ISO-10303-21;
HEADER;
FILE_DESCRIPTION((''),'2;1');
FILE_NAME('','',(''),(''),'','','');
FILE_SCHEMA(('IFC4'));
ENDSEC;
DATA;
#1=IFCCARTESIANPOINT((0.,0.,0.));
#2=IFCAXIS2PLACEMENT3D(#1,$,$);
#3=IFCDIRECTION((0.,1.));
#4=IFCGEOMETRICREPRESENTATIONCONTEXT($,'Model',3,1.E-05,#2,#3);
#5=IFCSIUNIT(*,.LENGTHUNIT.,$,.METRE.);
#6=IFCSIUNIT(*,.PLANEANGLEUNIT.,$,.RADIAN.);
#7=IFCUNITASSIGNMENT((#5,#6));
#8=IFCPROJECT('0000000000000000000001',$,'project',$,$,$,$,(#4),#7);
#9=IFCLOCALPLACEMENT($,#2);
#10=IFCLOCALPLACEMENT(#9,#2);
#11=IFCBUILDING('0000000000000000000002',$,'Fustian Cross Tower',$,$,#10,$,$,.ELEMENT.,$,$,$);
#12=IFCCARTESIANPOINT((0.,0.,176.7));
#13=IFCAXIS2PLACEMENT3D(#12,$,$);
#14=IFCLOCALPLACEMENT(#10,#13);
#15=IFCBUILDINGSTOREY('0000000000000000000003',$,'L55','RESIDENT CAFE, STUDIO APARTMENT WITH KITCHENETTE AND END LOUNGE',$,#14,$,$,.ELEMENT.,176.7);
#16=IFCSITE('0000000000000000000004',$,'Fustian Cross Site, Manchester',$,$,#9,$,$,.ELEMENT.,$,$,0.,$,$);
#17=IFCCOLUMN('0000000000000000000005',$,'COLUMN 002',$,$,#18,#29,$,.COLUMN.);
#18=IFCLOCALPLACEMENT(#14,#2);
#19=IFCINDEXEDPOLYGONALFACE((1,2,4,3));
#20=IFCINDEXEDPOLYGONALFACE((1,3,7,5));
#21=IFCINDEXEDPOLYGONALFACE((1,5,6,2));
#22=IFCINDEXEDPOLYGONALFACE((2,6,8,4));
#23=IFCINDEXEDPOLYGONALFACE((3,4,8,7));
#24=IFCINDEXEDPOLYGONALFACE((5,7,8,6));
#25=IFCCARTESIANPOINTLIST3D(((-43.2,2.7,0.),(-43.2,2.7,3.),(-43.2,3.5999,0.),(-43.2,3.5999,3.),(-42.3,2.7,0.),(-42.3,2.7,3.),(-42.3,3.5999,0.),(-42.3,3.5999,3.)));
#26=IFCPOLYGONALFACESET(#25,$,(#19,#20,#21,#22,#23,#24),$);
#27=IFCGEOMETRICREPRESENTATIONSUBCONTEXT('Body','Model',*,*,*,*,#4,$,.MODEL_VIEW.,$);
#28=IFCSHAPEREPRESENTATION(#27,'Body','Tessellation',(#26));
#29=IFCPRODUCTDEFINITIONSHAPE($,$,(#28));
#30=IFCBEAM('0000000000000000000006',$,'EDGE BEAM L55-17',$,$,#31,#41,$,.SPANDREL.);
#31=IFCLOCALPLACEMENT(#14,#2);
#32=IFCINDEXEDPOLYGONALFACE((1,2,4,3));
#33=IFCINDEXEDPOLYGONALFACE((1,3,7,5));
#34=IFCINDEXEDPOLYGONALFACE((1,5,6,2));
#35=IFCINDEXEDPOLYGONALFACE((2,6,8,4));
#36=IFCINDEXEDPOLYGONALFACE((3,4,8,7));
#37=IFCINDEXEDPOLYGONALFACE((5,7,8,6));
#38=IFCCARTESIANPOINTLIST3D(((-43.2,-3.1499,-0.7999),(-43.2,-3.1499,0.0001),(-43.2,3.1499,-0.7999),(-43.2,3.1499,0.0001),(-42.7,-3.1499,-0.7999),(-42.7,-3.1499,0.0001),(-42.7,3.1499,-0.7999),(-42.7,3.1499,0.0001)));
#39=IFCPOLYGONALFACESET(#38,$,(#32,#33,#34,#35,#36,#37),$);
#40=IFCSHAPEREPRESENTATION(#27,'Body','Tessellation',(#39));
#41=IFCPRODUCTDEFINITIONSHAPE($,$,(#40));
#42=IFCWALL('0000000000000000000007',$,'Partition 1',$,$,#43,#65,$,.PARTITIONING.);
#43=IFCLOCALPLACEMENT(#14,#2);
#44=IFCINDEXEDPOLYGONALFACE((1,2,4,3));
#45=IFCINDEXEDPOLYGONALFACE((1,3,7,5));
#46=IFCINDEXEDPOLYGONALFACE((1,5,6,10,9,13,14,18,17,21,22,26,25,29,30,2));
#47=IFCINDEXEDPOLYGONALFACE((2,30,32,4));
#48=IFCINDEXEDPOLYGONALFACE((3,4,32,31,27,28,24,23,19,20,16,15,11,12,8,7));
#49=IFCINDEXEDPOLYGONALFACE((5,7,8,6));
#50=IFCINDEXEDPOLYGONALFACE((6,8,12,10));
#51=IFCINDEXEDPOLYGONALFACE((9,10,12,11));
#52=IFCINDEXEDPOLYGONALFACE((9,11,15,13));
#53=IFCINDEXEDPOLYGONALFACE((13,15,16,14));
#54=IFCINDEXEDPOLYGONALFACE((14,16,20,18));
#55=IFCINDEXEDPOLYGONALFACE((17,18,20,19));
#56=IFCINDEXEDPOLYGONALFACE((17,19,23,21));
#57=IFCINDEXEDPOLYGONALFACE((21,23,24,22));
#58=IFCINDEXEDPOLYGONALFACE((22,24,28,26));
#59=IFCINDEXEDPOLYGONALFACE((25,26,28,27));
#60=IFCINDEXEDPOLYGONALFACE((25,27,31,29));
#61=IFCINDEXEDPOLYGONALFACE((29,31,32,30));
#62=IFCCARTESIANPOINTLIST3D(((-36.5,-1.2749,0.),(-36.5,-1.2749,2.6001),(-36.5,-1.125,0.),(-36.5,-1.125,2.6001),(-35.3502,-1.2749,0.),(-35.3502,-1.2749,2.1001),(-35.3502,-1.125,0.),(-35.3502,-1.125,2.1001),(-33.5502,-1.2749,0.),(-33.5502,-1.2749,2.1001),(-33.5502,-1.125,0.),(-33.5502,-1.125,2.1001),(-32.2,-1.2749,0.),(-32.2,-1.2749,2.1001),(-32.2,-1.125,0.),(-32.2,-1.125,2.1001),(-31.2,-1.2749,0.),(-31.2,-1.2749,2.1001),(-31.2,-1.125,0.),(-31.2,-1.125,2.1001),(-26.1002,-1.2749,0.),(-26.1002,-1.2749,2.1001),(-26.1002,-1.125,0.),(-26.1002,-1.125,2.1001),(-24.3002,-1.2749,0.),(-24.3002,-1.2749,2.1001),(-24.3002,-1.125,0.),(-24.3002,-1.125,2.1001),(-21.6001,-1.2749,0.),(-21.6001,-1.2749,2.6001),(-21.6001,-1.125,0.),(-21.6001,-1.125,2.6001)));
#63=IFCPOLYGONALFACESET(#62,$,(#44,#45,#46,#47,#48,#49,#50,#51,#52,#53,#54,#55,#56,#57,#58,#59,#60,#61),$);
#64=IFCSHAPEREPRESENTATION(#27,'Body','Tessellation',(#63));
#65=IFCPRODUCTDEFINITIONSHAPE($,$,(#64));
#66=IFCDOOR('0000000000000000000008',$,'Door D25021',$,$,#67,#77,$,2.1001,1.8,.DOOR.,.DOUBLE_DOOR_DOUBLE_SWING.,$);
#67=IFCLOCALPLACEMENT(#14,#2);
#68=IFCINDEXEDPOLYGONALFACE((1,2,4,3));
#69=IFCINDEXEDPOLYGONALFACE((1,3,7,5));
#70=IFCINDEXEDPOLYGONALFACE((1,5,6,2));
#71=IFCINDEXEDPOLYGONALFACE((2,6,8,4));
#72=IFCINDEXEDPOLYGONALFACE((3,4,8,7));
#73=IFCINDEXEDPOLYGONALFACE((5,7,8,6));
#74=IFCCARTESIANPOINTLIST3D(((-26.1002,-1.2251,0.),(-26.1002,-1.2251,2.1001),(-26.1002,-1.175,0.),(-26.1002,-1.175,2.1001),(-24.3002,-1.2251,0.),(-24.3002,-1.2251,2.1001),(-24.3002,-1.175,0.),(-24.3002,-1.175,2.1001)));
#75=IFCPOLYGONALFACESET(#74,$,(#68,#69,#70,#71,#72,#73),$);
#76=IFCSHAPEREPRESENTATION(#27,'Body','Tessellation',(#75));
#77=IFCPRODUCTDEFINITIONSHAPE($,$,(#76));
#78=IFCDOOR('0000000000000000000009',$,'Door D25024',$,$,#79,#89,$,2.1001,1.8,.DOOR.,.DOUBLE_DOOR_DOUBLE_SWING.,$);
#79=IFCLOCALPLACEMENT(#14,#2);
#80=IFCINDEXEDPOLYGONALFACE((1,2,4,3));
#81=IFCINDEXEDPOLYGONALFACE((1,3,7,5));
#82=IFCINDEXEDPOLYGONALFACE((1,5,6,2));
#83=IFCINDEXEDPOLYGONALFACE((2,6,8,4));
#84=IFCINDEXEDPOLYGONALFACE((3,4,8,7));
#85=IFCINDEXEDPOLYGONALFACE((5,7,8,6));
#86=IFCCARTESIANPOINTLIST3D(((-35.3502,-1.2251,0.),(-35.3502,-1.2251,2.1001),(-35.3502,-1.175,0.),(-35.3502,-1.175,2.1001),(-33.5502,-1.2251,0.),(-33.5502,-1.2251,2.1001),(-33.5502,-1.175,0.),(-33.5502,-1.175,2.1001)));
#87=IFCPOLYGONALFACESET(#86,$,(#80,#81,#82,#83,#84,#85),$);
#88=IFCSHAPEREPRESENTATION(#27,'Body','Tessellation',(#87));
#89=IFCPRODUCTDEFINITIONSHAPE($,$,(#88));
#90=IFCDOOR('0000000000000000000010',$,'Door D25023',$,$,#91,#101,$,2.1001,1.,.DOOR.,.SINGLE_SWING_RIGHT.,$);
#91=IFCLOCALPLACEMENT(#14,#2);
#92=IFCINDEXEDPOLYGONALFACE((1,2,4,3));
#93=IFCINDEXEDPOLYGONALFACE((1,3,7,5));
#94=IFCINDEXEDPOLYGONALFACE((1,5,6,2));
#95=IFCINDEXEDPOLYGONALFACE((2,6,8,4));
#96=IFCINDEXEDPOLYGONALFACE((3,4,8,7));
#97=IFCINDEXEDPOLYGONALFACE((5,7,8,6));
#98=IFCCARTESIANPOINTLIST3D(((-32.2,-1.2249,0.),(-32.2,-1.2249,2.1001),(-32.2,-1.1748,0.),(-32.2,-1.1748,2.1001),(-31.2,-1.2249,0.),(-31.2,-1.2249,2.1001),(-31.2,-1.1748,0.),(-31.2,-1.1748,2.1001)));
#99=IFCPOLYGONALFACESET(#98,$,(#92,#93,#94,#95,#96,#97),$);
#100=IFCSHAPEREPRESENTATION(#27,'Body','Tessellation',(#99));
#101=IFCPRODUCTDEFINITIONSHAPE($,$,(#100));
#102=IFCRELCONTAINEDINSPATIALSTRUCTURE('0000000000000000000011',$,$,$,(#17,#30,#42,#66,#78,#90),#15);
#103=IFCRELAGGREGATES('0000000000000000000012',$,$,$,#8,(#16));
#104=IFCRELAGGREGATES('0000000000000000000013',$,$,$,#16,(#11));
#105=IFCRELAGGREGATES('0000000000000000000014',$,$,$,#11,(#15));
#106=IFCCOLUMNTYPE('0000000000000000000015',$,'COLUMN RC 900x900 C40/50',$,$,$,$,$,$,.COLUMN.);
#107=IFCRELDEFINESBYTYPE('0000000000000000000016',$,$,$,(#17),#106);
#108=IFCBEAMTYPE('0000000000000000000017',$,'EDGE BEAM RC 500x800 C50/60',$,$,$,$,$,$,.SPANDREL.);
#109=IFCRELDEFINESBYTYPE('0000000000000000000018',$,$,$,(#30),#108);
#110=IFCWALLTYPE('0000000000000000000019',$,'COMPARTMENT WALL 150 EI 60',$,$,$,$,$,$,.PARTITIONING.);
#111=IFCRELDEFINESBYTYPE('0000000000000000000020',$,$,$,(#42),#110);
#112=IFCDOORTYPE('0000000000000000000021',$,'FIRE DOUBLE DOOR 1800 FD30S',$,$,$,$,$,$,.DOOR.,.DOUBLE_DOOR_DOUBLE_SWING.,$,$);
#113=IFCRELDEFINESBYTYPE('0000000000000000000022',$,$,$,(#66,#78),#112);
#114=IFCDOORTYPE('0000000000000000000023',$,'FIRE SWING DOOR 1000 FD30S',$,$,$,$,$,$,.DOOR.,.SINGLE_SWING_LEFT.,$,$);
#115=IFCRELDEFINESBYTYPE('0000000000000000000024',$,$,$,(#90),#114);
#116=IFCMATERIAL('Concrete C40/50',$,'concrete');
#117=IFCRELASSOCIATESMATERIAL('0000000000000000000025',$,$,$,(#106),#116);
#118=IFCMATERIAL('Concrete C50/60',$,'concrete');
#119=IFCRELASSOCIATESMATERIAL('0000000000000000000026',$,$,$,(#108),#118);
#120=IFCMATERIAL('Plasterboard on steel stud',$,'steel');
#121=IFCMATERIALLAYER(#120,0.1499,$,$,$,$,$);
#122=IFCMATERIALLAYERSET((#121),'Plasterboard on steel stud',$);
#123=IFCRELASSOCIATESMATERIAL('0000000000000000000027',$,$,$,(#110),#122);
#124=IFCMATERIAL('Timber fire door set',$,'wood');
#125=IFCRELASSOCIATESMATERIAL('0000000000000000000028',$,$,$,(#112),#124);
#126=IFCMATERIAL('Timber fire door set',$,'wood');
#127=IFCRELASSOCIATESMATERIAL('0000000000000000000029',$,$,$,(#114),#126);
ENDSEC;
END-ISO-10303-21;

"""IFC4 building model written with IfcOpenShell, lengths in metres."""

from ifc_helpers import new_model, si_unit, direction, frame, frame_2d, origin, origin_2d, place, context, subcontext, project, spatial, rectangle, extrude, material, layer, layer_set, material_profile, profile_set, type_object, element, fill, save


model = new_model("IFC4")

# Units and contexts
model_context = context("Model", 3, precision=1e-05, world=origin(), true_north=direction((0.0, 1.0)))
body_context = subcontext(model_context, "Body", "Model", "MODEL_VIEW")
ifc_project = project(units=[si_unit("LENGTHUNIT", "METRE"), si_unit("PLANEANGLEUNIT", "RADIAN")], contexts=[model_context])

# Site, building, storey
site_placement = place(None, origin())
site = spatial("IfcSite", under=ifc_project, at=site_placement, Name="Fustian Cross Site, Manchester", CompositionType="ELEMENT", RefElevation=0.0)
building_placement = place(site_placement, origin())
building = spatial("IfcBuilding", under=site, at=building_placement, Name="Fustian Cross Tower", CompositionType="ELEMENT")
storey_placement = place(building_placement, frame((0.0, 0.0, 176.7)))
storey = spatial("IfcBuildingStorey", under=building, at=storey_placement, Name="L55", Description="RESIDENT CAFE, STUDIO APARTMENT WITH KITCHENETTE AND END LOUNGE", CompositionType="ELEMENT", Elevation=176.7)

# Column
ifc_material_1 = material(Name="Concrete C40/50", Category="concrete")
ifc_material_profile_1 = material_profile(ifc_material_1, rectangle(XDim=0.8999, YDim=0.8999, at=origin_2d()), Name="RC 900x900")
ifc_profile_set_1 = profile_set([ifc_material_profile_1], Name="Concrete C40/50")
column_type = type_object("IfcColumnType", Name="COLUMN RC 900x900 C40/50", PredefinedType="COLUMN", material=ifc_profile_set_1)
column_placement = place(storey_placement, frame((-42.75, 3.1499, 0.0), z_axis=(0.0, 0.0, 1.0), x_axis=(1.0, 0.0, 0.0)))
element("IfcColumn", 1, at=column_placement, inside=storey, type_object=column_type, Name="COLUMN 002", PredefinedType="COLUMN", context=body_context, shape_type="SweptSolid", body=[
    extrude(rectangle(XDim=0.8999, YDim=0.8999, at=origin_2d()), origin(), (0.0, 0.0, 1.0), 3.0),
])

# Beam
ifc_material_2 = material(Name="Concrete C50/60", Category="concrete")
ifc_material_profile_2 = material_profile(ifc_material_2, rectangle(XDim=0.5, YDim=0.8, at=origin_2d()), Name="RC 500x800")
ifc_profile_set_2 = profile_set([ifc_material_profile_2], Name="Concrete C50/60")
beam_type = type_object("IfcBeamType", Name="EDGE BEAM RC 500x800 C50/60", PredefinedType="SPANDREL", material=ifc_profile_set_2)
beam_placement = place(storey_placement, frame((-42.95, 3.1499, -0.3999), z_axis=(0.0, -1.0, 0.0), x_axis=(1.0, 0.0, 0.0)))
element("IfcBeam", 2, at=beam_placement, inside=storey, type_object=beam_type, Name="EDGE BEAM L55-17", PredefinedType="SPANDREL", context=body_context, shape_type="SweptSolid", body=[
    extrude(rectangle(XDim=0.5, YDim=0.8, at=origin_2d()), origin(), (0.0, 0.0, 1.0), 6.2998),
])

# Wall, openings, doors
ifc_material_3 = material(Name="Plasterboard on steel stud", Category="steel")
ifc_layer_1 = layer(ifc_material_3, 0.1499)
ifc_layer_set_1 = layer_set([ifc_layer_1], Name="Plasterboard on steel stud")
wall_type_1 = type_object("IfcWallType", Name="COMPARTMENT WALL 150 EI 60", PredefinedType="PARTITIONING", material=ifc_layer_set_1)
wall_1_placement = place(storey_placement, frame((-36.5, -1.2, 0.0), z_axis=(0.0, 0.0, 1.0), x_axis=(1.0, 0.0, 0.0)))
wall_1 = element("IfcWall", 3, at=wall_1_placement, inside=storey, type_object=wall_type_1, Name="Partition 1", PredefinedType="PARTITIONING", context=body_context, shape_type="SweptSolid", body=[
    extrude(rectangle(XDim=14.8999, YDim=0.1499, at=frame_2d((7.45, 0.0))), origin(), (0.0, 0.0, 1.0), 2.6001),
])
opening_1_placement = place(wall_1_placement, frame((10.3999, 0.0, 0.0)))
opening_1 = element("IfcOpeningElement", 4, at=opening_1_placement, cuts=wall_1, PredefinedType="OPENING", context=body_context, shape_type="SweptSolid", body=[
    extrude(rectangle(XDim=1.8, YDim=2.1001, at=frame_2d((0.8999, 1.05))), frame((0.0, 0.085, 0.0), z_axis=(0.0, -1.0, 0.0), x_axis=(1.0, 0.0, 0.0)), (0.0, 0.0, 1.0), 0.1699),
])
opening_2_placement = place(wall_1_placement, frame((4.3, 0.0, 0.0)))
opening_2 = element("IfcOpeningElement", 5, at=opening_2_placement, cuts=wall_1, PredefinedType="OPENING", context=body_context, shape_type="SweptSolid", body=[
    extrude(rectangle(XDim=1.0, YDim=2.1001, at=frame_2d((0.5, 1.05))), frame((0.0, 0.085, 0.0), z_axis=(0.0, -1.0, 0.0), x_axis=(1.0, 0.0, 0.0)), (0.0, 0.0, 1.0), 0.1699),
])
opening_3_placement = place(wall_1_placement, frame((1.1499, 0.0, 0.0)))
opening_3 = element("IfcOpeningElement", 6, at=opening_3_placement, cuts=wall_1, PredefinedType="OPENING", context=body_context, shape_type="SweptSolid", body=[
    extrude(rectangle(XDim=1.8, YDim=2.1001, at=frame_2d((0.8999, 1.05))), frame((0.0, 0.085, 0.0), z_axis=(0.0, -1.0, 0.0), x_axis=(1.0, 0.0, 0.0)), (0.0, 0.0, 1.0), 0.1699),
])
ifc_material_4 = material(Name="Timber fire door set", Category="wood")
door_type_1 = type_object("IfcDoorType", Name="FIRE DOUBLE DOOR 1800 FD30S", OperationType="DOUBLE_DOOR_DOUBLE_SWING", PredefinedType="DOOR", material=ifc_material_4)
door_1_placement = place(opening_1_placement, origin())
door_1 = element("IfcDoor", 7, at=door_1_placement, inside=storey, type_object=door_type_1, Name="Door D25021", OperationType="DOUBLE_DOOR_DOUBLE_SWING", OverallHeight=2.1001, OverallWidth=1.8, PredefinedType="DOOR", context=body_context, shape_type="SweptSolid", body=[
    extrude(rectangle(XDim=1.8, YDim=2.1001, at=frame_2d((0.8999, 1.05))), frame((0.0, 0.0249, 0.0), z_axis=(0.0, -1.0, 0.0), x_axis=(1.0, 0.0, 0.0)), (0.0, 0.0, 1.0), 0.05),
])
fill(opening_1, door_1)
door_2_placement = place(opening_3_placement, origin())
door_2 = element("IfcDoor", 8, at=door_2_placement, inside=storey, type_object=door_type_1, Name="Door D25024", OperationType="DOUBLE_DOOR_DOUBLE_SWING", OverallHeight=2.1001, OverallWidth=1.8, PredefinedType="DOOR", context=body_context, shape_type="SweptSolid", body=[
    extrude(rectangle(XDim=1.8, YDim=2.1001, at=frame_2d((0.8999, 1.05))), frame((0.0, 0.0249, 0.0), z_axis=(0.0, -1.0, 0.0), x_axis=(1.0, 0.0, 0.0)), (0.0, 0.0, 1.0), 0.05),
])
fill(opening_3, door_2)
ifc_material_5 = material(Name="Timber fire door set", Category="wood")
door_type_2 = type_object("IfcDoorType", Name="FIRE SWING DOOR 1000 FD30S", OperationType="SINGLE_SWING_LEFT", PredefinedType="DOOR", material=ifc_material_5)
door_3_placement = place(opening_2_placement, frame((1.0, 0.0, 0.0), z_axis=(0.0, 0.0, 1.0), x_axis=(-1.0, 0.0, 0.0)))
door_3 = element("IfcDoor", 9, at=door_3_placement, inside=storey, type_object=door_type_2, Name="Door D25023", OperationType="SINGLE_SWING_RIGHT", OverallHeight=2.1001, OverallWidth=1.0, PredefinedType="DOOR", context=body_context, shape_type="SweptSolid", body=[
    extrude(rectangle(XDim=1.0, YDim=2.1001, at=frame_2d((0.5, 1.05))), frame((0.0, 0.0249, 0.0), z_axis=(0.0, -1.0, 0.0), x_axis=(1.0, 0.0, 0.0)), (0.0, 0.0, 1.0), 0.05),
])
fill(opening_2, door_3)

save(model, "model.ifc")
